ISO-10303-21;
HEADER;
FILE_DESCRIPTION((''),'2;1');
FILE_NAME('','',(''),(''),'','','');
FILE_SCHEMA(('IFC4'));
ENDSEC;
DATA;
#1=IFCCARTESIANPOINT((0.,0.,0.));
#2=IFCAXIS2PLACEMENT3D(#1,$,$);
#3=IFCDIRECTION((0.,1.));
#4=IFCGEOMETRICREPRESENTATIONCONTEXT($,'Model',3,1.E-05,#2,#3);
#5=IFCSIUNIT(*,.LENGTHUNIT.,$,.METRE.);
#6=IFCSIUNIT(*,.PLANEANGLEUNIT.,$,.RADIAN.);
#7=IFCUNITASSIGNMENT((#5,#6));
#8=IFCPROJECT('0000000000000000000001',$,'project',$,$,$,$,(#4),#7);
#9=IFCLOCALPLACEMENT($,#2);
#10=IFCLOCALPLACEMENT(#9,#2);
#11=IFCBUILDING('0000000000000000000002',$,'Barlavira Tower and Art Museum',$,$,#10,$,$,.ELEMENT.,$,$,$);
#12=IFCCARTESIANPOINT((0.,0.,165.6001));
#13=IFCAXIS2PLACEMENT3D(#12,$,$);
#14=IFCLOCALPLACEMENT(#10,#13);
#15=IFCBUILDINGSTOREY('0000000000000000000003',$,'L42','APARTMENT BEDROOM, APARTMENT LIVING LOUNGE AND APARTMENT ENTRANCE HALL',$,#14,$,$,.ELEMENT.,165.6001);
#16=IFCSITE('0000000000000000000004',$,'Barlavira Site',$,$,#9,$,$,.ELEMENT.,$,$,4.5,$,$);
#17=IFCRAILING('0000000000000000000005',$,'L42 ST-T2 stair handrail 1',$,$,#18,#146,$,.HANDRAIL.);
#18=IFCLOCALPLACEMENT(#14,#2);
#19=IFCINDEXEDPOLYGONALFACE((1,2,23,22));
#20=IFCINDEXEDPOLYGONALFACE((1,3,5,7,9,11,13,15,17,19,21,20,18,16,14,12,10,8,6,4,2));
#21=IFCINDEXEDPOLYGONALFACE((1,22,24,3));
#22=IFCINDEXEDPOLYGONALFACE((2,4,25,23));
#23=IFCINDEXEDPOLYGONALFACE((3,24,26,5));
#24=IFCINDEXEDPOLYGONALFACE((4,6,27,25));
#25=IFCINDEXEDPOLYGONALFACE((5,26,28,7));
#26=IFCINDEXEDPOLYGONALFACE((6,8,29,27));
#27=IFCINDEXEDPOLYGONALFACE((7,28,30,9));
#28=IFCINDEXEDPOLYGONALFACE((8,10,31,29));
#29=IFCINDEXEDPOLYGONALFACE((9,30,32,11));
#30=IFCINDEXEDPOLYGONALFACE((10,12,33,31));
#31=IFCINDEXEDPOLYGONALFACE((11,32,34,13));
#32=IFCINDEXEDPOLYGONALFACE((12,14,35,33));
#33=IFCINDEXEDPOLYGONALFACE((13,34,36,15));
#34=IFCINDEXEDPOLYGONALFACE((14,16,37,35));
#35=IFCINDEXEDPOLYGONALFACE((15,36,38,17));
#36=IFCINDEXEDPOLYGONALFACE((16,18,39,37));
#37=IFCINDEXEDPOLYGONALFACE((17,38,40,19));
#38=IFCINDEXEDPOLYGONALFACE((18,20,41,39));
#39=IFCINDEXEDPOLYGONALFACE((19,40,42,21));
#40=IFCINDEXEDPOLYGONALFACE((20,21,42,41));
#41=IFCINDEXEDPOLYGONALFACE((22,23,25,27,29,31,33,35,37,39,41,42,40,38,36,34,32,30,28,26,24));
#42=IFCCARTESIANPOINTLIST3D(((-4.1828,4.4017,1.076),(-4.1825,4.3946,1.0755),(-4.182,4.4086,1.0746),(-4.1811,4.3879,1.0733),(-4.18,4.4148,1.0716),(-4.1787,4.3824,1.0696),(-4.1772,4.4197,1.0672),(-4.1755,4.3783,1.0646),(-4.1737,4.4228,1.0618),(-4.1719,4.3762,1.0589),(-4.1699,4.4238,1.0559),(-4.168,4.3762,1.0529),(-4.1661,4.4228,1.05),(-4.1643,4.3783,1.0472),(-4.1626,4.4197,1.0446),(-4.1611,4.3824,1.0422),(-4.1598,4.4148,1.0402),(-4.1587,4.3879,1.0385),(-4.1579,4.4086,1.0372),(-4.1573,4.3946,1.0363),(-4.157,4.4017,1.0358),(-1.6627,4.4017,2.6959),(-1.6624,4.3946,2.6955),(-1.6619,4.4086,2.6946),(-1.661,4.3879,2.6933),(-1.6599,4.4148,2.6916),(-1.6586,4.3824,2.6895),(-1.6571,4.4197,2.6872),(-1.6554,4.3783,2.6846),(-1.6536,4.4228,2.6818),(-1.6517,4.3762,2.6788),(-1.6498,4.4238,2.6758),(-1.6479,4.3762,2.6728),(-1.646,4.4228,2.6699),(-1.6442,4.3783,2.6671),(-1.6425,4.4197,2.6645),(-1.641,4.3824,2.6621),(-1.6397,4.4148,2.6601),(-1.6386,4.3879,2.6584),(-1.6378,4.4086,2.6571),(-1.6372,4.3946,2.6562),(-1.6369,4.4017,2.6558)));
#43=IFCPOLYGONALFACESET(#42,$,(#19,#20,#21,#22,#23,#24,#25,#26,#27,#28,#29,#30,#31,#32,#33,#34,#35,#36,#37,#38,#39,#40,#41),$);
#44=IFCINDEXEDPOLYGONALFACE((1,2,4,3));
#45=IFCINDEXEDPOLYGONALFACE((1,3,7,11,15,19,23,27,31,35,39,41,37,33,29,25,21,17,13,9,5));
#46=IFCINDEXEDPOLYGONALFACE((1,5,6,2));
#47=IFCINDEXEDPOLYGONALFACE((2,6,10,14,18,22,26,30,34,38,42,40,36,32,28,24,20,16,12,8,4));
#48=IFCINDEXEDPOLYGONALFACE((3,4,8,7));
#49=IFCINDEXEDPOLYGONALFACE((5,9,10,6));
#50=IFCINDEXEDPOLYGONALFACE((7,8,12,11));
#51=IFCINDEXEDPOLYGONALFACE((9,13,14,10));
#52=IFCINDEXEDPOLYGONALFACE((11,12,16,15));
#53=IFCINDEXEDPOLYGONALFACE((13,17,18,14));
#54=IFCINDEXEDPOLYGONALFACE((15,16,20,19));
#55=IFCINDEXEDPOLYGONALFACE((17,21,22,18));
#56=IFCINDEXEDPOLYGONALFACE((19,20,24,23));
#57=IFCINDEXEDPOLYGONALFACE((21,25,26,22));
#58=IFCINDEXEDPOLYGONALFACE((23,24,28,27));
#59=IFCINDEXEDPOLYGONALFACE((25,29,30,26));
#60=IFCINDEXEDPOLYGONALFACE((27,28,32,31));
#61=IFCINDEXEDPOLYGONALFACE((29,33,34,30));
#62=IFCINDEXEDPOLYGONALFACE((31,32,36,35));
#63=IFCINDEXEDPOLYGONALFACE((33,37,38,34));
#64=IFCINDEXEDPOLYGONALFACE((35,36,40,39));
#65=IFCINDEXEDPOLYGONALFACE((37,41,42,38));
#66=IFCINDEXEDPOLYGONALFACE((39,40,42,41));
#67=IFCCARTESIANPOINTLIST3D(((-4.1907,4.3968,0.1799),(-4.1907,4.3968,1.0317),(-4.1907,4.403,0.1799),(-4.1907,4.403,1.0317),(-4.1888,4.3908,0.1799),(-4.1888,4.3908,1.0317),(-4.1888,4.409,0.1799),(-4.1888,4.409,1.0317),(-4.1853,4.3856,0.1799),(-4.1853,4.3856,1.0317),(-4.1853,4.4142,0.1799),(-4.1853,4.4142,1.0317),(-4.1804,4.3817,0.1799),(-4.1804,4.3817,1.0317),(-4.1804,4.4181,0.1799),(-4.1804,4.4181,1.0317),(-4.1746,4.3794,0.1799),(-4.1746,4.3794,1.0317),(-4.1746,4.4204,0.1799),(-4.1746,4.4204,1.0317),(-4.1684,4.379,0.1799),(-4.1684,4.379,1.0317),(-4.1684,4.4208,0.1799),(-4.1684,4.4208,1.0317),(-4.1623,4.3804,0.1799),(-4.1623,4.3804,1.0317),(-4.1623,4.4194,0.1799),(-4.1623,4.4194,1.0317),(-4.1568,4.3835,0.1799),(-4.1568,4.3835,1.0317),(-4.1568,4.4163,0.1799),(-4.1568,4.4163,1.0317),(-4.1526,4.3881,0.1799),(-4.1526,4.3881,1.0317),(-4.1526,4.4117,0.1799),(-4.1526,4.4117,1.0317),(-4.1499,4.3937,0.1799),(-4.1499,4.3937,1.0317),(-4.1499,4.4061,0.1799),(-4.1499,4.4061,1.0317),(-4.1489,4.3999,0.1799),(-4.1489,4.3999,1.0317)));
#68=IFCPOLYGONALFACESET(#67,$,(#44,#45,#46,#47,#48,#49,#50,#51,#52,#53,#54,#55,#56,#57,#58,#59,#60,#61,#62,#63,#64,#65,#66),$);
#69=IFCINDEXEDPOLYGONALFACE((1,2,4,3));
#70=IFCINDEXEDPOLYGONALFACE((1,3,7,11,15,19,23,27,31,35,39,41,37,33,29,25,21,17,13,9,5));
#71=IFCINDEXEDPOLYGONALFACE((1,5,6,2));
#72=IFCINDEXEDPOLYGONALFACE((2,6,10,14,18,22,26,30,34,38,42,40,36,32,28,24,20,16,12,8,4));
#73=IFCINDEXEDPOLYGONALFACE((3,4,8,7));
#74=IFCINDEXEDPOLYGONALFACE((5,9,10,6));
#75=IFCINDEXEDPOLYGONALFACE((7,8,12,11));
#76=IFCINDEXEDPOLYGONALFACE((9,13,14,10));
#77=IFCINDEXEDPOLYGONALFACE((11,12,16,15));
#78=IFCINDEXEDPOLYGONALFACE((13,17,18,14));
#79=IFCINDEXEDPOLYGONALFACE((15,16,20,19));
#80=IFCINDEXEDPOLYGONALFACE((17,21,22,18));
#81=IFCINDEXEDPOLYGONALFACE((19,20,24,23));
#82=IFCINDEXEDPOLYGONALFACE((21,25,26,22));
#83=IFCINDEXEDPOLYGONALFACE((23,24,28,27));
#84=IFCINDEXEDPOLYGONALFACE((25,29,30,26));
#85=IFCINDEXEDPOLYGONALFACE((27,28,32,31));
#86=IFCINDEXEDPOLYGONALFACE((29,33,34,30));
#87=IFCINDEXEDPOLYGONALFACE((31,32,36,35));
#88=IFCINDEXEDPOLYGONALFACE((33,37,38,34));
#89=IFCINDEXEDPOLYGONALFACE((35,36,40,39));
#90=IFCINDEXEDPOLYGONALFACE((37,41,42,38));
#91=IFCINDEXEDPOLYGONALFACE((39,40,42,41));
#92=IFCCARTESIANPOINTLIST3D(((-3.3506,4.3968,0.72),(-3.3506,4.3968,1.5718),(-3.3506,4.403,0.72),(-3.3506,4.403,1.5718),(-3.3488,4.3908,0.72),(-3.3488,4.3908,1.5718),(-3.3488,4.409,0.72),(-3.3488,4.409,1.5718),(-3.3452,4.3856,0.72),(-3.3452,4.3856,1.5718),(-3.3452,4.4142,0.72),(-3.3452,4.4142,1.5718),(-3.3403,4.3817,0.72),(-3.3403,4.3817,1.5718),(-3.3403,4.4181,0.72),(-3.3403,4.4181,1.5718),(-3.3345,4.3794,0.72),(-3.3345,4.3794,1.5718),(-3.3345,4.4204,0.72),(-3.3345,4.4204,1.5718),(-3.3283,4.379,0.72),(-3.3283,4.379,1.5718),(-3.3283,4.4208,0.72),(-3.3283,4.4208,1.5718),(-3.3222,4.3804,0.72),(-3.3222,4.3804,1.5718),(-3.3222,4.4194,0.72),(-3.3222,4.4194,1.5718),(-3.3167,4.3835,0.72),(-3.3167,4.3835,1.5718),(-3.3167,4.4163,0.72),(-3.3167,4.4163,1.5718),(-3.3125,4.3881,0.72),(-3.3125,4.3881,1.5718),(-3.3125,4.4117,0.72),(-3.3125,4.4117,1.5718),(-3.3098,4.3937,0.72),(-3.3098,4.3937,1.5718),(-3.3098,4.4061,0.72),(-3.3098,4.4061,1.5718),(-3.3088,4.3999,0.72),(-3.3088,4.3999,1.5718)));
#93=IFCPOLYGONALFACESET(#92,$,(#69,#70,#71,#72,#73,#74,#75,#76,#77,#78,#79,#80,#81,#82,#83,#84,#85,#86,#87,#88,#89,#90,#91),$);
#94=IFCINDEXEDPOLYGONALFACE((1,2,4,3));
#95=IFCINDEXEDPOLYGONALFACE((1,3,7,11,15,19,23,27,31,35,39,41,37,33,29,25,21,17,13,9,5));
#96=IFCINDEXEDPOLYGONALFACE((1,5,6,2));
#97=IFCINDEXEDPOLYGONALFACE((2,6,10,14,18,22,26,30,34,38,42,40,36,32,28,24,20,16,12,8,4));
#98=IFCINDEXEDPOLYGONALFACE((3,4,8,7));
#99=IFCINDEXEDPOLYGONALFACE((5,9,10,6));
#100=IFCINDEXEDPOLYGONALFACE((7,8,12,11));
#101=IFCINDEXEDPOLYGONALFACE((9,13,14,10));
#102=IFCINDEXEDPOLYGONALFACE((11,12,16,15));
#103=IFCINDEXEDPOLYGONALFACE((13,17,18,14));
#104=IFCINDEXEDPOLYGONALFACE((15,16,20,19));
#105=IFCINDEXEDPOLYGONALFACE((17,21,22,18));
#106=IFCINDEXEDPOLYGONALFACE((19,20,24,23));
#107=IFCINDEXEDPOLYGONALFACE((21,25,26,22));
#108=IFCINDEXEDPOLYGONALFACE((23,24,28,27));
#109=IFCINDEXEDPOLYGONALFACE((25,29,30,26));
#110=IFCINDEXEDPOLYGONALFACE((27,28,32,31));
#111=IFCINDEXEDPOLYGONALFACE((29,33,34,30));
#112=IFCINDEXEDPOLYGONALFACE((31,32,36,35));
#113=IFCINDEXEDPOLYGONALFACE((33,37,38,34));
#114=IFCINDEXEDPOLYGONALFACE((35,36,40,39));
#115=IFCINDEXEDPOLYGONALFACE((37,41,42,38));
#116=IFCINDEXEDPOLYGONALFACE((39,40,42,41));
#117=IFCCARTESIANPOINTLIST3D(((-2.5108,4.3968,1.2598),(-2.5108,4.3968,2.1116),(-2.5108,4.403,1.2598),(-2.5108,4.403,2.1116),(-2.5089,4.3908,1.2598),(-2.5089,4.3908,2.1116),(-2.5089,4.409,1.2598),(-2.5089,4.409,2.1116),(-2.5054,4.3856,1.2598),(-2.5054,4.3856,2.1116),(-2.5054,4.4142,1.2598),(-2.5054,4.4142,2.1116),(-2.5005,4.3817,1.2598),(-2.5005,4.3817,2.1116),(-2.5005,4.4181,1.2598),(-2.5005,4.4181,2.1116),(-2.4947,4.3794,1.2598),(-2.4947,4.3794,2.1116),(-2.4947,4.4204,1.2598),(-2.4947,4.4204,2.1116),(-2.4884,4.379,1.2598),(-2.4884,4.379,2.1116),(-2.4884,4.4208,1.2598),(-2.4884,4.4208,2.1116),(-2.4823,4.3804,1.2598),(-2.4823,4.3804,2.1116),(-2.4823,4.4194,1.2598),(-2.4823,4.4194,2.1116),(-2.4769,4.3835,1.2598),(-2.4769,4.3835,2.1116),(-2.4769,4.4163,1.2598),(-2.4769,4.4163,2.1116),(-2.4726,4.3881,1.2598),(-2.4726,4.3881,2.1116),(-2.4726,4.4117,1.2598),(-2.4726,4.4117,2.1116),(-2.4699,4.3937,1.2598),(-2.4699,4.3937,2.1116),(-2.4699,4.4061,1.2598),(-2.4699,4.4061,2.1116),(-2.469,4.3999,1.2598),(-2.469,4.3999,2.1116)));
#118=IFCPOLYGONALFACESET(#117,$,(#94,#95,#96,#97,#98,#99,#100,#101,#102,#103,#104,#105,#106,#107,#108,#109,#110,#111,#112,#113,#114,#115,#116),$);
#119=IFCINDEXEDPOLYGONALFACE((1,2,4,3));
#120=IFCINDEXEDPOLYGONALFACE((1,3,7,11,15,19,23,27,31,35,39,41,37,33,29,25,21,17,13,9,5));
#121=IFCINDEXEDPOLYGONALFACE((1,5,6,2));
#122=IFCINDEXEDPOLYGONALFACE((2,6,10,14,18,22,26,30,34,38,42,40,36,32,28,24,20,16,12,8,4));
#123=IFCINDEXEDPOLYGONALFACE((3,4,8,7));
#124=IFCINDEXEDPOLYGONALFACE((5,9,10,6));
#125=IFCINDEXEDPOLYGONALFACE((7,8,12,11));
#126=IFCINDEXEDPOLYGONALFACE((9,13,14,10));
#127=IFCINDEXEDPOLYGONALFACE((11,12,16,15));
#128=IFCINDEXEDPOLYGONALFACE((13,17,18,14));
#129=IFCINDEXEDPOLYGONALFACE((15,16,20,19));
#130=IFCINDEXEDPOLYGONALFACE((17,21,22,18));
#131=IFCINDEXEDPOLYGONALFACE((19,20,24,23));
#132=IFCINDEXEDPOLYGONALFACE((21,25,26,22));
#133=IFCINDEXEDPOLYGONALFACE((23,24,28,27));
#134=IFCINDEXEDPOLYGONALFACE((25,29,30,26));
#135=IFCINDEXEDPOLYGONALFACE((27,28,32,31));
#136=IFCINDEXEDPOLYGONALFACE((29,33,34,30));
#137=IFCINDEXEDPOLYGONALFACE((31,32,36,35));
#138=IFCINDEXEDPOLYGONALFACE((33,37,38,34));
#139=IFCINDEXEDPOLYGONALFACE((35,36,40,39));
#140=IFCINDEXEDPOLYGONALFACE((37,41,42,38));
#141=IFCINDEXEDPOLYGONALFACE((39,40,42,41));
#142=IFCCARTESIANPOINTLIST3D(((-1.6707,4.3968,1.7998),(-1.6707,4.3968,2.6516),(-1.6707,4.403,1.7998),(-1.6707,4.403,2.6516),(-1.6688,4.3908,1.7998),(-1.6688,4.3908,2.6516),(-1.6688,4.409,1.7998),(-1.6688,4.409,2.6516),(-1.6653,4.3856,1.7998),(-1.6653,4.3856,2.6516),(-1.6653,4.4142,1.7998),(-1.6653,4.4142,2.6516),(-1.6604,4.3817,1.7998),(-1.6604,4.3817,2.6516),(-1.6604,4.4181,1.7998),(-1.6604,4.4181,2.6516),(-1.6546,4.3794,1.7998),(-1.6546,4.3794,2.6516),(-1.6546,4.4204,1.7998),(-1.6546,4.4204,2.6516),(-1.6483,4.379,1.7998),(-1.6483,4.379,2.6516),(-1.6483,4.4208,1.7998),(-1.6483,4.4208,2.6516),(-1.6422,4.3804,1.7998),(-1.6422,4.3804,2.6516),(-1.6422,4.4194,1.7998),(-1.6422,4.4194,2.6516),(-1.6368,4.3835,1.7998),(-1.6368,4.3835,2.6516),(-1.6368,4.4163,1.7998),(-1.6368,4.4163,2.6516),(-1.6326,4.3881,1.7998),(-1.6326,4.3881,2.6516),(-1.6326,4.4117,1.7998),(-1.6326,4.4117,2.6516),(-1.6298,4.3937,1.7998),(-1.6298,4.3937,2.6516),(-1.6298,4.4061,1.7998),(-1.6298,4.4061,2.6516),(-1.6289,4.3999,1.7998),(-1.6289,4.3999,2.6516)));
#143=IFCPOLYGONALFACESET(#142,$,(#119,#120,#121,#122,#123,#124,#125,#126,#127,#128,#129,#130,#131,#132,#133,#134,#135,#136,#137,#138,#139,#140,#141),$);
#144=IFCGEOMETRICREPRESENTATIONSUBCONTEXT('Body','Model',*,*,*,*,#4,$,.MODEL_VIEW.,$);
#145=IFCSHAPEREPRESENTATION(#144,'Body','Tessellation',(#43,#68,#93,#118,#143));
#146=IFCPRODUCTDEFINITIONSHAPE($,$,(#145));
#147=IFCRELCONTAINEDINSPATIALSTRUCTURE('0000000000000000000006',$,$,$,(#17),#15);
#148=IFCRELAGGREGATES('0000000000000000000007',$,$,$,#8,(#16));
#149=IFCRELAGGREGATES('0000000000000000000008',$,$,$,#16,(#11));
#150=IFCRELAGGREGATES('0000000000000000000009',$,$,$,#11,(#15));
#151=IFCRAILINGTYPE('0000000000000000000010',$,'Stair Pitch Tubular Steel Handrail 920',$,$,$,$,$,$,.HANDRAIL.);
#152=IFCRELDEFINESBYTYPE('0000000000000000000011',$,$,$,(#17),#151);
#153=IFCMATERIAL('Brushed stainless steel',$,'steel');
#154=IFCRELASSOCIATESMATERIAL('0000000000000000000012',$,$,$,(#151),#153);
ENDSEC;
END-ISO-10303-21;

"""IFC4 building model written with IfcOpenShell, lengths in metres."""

from ifc_helpers import new_model, si_unit, direction, frame, origin, origin_2d, place, context, subcontext, project, spatial, circle, extrude, material, type_object, element, save


model = new_model("IFC4")

# Units and contexts
model_context = context("Model", 3, precision=1e-05, world=origin(), true_north=direction((0.0, 1.0)))
body_context = subcontext(model_context, "Body", "Model", "MODEL_VIEW")
ifc_project = project(units=[si_unit("LENGTHUNIT", "METRE"), si_unit("PLANEANGLEUNIT", "RADIAN")], contexts=[model_context])

# Site, building, storey
site_placement = place(None, origin())
site = spatial("IfcSite", under=ifc_project, at=site_placement, Name="Barlavira Site", CompositionType="ELEMENT", RefElevation=4.5)
building_placement = place(site_placement, origin())
building = spatial("IfcBuilding", under=site, at=building_placement, Name="Barlavira Tower and Art Museum", CompositionType="ELEMENT")
storey_placement = place(building_placement, frame((0.0, 0.0, 165.6001)))
storey = spatial("IfcBuildingStorey", under=building, at=storey_placement, Name="L42", Description="APARTMENT BEDROOM, APARTMENT LIVING LOUNGE AND APARTMENT ENTRANCE HALL", CompositionType="ELEMENT", Elevation=165.6001)

# Shared definitions
ifc_material_1 = material(Name="Brushed stainless steel", Category="steel")

# Railing
railing_type_1 = type_object("IfcRailingType", Name="Stair Pitch Tubular Steel Handrail 920", PredefinedType="HANDRAIL", material=ifc_material_1)
railing_1_placement = place(storey_placement, frame((-4.1699, 4.3999, 0.1799)))
element("IfcRailing", 1, at=railing_1_placement, inside=storey, type_object=railing_type_1, Name="L42 ST-T2 stair handrail 1", PredefinedType="HANDRAIL", context=body_context, shape_type="SweptSolid", body=[
    extrude(circle(Radius=0.0239, at=origin_2d()), frame((0.0, 0.0, 0.876), z_axis=(0.8412, 0.0, 0.540725), x_axis=(0.0, 1.0, 0.0)), (0.0, 0.0, 1.0), 2.9958),
    extrude(circle(Radius=0.021, at=origin_2d()), origin(), (0.0, 0.0, 1.0), 0.8518),
    extrude(circle(Radius=0.021, at=origin_2d()), frame((0.8401, 0.0, 0.54)), (0.0, 0.0, 1.0), 0.8518),
    extrude(circle(Radius=0.021, at=origin_2d()), frame((1.6799, 0.0, 1.0798)), (0.0, 0.0, 1.0), 0.8518),
    extrude(circle(Radius=0.021, at=origin_2d()), frame((2.52, 0.0, 1.6199)), (0.0, 0.0, 1.0), 0.8518),
])

save(model, "model.ifc")
